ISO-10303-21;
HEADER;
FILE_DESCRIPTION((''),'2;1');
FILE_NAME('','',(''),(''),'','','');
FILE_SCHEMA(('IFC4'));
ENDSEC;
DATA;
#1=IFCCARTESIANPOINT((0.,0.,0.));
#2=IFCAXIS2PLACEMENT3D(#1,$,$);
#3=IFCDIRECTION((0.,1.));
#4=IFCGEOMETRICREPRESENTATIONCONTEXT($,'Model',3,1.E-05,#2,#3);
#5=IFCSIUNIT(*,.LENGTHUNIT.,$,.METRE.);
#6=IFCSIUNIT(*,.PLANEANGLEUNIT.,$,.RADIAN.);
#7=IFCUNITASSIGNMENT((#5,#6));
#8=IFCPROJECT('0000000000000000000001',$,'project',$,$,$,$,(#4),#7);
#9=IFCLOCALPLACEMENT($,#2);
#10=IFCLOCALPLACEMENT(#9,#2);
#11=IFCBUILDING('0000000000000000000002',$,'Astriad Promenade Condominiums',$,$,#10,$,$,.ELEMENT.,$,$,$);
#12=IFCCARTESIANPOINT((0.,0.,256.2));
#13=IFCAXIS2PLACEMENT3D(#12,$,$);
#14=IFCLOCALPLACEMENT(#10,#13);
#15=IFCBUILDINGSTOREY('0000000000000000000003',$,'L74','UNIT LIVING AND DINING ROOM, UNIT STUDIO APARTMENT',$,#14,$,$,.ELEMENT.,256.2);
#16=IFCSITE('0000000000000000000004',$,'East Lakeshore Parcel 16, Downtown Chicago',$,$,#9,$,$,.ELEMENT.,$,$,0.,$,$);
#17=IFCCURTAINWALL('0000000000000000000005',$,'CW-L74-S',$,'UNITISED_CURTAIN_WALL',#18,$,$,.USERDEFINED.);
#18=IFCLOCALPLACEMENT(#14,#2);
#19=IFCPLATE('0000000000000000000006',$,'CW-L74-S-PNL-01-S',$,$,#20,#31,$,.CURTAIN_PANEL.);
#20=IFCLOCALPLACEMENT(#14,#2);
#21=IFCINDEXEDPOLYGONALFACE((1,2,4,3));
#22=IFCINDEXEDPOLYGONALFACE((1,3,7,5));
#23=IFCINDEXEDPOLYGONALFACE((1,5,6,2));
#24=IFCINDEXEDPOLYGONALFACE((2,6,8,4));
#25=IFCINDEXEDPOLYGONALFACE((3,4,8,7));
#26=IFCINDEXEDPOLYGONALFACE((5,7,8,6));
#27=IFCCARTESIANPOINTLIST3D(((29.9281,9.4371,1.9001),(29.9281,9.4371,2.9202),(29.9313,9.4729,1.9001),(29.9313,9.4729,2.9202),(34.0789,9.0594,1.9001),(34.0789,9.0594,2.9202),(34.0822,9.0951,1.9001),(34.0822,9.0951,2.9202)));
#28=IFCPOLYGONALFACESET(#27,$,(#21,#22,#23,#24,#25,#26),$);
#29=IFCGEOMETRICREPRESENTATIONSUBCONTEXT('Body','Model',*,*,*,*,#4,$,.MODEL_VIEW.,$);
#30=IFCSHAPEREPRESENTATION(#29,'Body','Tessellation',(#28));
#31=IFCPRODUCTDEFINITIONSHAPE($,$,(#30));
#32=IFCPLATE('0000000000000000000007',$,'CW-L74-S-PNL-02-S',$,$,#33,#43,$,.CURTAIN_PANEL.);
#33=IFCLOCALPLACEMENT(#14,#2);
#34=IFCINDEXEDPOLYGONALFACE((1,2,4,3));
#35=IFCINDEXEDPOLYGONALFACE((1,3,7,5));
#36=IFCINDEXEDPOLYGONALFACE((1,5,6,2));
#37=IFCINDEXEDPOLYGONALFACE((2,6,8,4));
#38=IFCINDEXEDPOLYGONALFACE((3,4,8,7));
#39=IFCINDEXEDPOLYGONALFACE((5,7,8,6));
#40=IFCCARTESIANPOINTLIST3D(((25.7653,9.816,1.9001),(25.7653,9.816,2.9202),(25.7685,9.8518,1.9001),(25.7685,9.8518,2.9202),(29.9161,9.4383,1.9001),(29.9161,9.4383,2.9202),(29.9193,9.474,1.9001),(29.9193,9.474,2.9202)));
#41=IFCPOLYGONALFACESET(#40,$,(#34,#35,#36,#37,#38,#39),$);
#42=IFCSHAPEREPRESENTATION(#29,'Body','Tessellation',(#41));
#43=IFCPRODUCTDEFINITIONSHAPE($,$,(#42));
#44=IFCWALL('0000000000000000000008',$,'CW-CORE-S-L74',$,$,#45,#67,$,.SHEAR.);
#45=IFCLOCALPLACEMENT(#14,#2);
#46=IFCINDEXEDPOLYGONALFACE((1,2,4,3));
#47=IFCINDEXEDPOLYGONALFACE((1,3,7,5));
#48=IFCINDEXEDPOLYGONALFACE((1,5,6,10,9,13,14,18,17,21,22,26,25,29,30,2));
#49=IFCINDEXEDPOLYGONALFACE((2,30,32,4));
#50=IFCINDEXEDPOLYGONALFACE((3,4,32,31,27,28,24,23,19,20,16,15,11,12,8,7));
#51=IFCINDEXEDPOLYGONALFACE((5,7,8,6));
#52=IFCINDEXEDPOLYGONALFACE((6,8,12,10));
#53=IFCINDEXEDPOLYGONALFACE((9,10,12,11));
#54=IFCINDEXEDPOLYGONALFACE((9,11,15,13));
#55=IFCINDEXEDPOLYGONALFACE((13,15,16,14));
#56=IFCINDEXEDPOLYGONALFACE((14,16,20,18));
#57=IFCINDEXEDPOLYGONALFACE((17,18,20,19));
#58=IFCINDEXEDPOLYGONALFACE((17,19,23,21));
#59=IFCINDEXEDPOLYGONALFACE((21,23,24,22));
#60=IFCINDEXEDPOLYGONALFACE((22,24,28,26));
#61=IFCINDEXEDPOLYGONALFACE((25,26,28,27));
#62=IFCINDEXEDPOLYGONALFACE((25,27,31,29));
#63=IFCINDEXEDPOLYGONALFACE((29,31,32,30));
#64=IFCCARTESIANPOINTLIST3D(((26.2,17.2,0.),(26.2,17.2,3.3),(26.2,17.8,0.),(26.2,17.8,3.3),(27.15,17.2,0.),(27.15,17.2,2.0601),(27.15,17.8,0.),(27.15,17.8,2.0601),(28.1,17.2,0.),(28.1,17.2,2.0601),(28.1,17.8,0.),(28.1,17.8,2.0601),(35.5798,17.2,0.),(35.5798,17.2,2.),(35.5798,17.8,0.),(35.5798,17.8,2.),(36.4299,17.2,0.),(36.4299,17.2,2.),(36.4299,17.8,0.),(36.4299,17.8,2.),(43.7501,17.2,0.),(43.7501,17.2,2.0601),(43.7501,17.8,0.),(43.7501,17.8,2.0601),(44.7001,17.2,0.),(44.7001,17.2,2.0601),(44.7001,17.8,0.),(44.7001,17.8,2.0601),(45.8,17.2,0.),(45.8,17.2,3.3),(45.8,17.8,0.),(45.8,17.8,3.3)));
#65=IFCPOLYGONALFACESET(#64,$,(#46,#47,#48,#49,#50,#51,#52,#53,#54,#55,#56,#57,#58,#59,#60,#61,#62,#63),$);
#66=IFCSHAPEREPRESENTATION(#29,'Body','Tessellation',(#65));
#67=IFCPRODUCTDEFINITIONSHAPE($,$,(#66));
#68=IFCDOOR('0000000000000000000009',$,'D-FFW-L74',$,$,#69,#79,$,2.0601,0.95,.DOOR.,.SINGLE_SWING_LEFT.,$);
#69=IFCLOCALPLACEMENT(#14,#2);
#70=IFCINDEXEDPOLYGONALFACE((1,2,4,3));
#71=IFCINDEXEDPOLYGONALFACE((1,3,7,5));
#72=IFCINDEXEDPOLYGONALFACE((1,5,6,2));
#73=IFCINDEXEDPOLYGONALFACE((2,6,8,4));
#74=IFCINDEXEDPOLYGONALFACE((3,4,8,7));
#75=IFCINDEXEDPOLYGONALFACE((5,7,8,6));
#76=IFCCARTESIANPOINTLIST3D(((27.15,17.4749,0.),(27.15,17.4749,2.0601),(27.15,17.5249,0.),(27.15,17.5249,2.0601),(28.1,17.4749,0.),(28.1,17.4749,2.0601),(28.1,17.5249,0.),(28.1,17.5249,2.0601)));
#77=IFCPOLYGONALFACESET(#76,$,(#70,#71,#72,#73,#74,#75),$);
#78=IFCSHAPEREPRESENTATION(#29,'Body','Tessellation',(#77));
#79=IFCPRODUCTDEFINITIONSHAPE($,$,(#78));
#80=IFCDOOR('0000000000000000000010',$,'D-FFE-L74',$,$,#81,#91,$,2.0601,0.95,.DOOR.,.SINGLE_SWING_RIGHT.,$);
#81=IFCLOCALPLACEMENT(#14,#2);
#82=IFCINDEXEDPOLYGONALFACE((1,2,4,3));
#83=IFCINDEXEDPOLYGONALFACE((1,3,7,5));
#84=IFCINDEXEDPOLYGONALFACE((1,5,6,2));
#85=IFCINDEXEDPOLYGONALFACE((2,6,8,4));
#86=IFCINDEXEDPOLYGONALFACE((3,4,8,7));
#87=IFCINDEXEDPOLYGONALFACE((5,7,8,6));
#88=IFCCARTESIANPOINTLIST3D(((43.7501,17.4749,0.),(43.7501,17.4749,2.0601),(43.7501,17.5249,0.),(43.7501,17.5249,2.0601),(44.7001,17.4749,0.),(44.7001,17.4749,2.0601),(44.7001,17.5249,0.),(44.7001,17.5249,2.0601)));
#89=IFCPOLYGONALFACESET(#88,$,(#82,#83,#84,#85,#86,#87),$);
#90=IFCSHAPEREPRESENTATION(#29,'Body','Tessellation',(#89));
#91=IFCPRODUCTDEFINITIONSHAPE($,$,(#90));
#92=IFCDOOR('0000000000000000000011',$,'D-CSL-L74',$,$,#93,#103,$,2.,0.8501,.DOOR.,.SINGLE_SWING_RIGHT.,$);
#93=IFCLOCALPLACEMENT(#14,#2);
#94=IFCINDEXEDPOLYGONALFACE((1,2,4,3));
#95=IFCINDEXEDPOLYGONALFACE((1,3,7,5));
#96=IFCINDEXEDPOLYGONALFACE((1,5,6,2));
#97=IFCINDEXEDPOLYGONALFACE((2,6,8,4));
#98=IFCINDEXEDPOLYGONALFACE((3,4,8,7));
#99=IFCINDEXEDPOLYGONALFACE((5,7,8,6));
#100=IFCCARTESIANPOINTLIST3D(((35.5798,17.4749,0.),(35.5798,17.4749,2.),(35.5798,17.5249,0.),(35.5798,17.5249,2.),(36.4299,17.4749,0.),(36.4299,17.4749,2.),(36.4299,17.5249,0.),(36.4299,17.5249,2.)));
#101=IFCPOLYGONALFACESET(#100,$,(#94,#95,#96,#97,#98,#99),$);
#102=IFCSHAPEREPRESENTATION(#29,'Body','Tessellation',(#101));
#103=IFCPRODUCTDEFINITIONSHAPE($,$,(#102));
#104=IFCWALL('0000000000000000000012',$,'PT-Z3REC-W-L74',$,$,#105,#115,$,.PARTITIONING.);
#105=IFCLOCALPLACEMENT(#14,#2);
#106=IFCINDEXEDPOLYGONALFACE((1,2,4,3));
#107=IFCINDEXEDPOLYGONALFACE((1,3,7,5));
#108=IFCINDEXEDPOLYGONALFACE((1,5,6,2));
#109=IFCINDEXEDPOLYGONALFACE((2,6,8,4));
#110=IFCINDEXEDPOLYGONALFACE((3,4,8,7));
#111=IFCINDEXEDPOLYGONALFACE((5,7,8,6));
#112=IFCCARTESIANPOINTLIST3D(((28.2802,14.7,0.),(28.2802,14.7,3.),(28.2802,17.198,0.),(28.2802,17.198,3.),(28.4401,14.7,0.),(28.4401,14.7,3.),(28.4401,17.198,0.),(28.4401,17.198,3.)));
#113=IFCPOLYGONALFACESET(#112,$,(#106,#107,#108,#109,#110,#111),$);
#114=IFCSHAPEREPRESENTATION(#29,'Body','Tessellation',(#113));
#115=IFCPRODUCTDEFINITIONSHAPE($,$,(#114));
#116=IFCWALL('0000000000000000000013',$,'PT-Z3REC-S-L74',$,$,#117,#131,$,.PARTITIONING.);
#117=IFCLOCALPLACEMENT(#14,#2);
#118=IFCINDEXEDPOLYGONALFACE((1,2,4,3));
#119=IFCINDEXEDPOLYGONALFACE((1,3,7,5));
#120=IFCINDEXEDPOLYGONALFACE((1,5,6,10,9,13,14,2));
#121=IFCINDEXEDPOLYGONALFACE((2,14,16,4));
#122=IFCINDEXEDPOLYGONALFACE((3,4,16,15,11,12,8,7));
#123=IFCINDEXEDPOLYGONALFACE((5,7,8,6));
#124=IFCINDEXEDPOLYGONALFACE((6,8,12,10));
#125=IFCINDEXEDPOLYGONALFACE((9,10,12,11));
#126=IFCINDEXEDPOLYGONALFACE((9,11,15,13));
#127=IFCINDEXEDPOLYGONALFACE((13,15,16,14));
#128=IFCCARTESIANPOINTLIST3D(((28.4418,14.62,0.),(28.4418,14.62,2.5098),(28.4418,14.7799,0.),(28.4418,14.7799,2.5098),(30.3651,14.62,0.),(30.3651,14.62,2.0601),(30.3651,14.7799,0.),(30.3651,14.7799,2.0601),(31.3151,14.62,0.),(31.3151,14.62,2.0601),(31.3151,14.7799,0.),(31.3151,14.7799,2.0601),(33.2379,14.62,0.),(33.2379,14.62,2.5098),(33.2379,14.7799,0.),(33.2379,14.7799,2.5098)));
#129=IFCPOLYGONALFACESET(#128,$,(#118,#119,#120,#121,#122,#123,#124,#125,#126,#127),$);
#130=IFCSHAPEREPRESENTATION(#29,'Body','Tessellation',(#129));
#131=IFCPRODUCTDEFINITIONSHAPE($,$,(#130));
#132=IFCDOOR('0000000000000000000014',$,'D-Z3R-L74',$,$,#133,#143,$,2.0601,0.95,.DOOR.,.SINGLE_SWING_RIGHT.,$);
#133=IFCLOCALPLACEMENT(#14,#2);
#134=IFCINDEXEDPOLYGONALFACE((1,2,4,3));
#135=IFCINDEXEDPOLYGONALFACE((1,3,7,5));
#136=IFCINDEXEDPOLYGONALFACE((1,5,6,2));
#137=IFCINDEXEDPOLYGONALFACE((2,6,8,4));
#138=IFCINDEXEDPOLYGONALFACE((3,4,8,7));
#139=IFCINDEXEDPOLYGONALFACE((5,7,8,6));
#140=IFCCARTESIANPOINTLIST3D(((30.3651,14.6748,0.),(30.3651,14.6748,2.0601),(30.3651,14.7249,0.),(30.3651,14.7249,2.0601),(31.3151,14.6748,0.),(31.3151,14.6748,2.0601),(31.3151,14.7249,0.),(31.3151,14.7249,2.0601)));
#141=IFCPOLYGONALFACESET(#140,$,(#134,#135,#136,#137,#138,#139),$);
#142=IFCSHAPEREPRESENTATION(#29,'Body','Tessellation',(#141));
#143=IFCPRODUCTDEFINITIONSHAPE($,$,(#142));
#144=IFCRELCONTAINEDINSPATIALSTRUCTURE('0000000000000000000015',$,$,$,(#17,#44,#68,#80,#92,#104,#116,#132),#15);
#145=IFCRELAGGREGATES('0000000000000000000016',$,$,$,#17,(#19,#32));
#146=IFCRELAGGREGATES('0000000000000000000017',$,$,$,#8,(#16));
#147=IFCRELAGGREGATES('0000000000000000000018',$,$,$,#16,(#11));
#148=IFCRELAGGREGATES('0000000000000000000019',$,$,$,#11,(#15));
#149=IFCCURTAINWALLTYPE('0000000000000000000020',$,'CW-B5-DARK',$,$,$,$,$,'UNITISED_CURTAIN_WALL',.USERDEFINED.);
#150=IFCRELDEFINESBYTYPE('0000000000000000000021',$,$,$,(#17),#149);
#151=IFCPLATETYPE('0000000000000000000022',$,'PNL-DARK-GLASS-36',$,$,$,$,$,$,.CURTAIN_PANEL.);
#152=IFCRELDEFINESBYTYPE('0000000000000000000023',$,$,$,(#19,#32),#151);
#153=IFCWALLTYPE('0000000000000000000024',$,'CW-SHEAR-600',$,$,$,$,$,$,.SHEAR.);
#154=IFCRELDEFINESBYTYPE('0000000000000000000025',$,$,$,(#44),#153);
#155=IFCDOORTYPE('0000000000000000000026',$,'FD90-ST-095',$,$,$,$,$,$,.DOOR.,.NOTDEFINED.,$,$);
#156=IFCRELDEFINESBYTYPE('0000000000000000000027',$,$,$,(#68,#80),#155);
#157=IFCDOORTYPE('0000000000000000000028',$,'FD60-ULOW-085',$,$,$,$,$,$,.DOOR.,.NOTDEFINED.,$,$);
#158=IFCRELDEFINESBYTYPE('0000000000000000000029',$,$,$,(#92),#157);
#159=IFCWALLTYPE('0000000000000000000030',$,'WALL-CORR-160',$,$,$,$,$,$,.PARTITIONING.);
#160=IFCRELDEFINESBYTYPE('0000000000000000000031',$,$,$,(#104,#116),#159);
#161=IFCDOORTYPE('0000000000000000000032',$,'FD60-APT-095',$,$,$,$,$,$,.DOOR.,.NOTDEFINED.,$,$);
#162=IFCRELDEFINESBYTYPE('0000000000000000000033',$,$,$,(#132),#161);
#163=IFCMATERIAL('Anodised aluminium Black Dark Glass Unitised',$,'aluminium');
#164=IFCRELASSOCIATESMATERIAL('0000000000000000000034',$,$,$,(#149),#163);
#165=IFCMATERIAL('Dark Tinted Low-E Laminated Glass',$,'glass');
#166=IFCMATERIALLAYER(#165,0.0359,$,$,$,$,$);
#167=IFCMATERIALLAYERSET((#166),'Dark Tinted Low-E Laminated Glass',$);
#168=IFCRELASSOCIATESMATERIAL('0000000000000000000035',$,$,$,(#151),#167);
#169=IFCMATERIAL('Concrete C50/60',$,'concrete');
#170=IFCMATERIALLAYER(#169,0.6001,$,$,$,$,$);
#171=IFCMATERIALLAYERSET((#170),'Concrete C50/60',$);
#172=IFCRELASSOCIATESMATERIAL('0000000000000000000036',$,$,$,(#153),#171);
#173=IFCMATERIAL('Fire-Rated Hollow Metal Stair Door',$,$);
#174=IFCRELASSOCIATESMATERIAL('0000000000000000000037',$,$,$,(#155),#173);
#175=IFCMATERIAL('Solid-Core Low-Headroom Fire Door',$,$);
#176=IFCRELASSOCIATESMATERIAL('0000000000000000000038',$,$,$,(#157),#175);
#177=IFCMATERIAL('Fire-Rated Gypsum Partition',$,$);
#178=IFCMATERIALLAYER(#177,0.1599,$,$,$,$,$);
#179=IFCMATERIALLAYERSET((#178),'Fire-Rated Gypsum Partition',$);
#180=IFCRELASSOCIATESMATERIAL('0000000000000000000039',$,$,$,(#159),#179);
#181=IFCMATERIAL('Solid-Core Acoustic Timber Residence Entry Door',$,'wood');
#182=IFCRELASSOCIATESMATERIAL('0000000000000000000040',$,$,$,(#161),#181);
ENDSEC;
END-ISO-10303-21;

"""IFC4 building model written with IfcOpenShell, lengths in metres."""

from ifc_helpers import new_model, si_unit, direction, frame, frame_2d, origin, origin_2d, place, context, subcontext, project, spatial, rectangle, extrude, source, transform, mapped, material, layer, layer_set, type_object, type_shapes, element, fill, aggregate, save


model = new_model("IFC4")

# Units and contexts
model_context = context("Model", 3, precision=1e-05, world=origin(), true_north=direction((0.0, 1.0)))
body_context = subcontext(model_context, "Body", "Model", "MODEL_VIEW")
ifc_project = project(units=[si_unit("LENGTHUNIT", "METRE"), si_unit("PLANEANGLEUNIT", "RADIAN")], contexts=[model_context])

# Site, building, storey
site_placement = place(None, origin())
site = spatial("IfcSite", under=ifc_project, at=site_placement, Name="East Lakeshore Parcel 16, Downtown Chicago", CompositionType="ELEMENT", RefElevation=0.0)
building_placement = place(site_placement, origin())
building = spatial("IfcBuilding", under=site, at=building_placement, Name="Astriad Promenade Condominiums", CompositionType="ELEMENT")
storey_placement = place(building_placement, frame((0.0, 0.0, 256.2)))
storey = spatial("IfcBuildingStorey", under=building, at=storey_placement, Name="L74", Description="UNIT LIVING AND DINING ROOM, UNIT STUDIO APARTMENT", CompositionType="ELEMENT", Elevation=256.2)

# Curtain wall, plates
ifc_material_1 = material(Name="Anodised aluminium Black Dark Glass Unitised", Category="aluminium")
curtain_wall_type = type_object("IfcCurtainWallType", Name="CW-B5-DARK", ElementType="UNITISED_CURTAIN_WALL", PredefinedType="USERDEFINED", material=ifc_material_1)
curtain_wall_placement = place(storey_placement, origin())
curtain_wall = element("IfcCurtainWall", 1, at=curtain_wall_placement, inside=storey, type_object=curtain_wall_type, Name="CW-L74-S", ObjectType="UNITISED_CURTAIN_WALL", PredefinedType="USERDEFINED")
ifc_material_2 = material(Name="Dark Tinted Low-E Laminated Glass", Category="glass")
ifc_layer_1 = layer(ifc_material_2, 0.0359)
ifc_layer_set_1 = layer_set([ifc_layer_1], Name="Dark Tinted Low-E Laminated Glass")
plate_type = type_object("IfcPlateType", Name="PNL-DARK-GLASS-36", PredefinedType="CURTAIN_PANEL", material=ifc_layer_set_1)
shared_shape_1 = source(origin(), body_context, "Body", "SweptSolid", [
    extrude(rectangle(XDim=4.168, YDim=0.0359, at=origin_2d()), origin(), (0.0, 0.0, 1.0), 1.02),
])
plate_1_placement = place(storey_placement, frame((32.0051, 9.2661, 1.9001), z_axis=(0.0, 0.0, 1.0), x_axis=(-0.995884, 0.090633, 0.0)))
plate_1 = element("IfcPlate", 2, at=plate_1_placement, type_object=plate_type, Name="CW-L74-S-PNL-01-S", PredefinedType="CURTAIN_PANEL", context=body_context, shape_type="MappedRepresentation", body=[
    mapped(shared_shape_1, transform((0.0, 0.0, 0.0), scale=1.0)),
])
plate_2_placement = place(storey_placement, frame((27.8423, 9.645, 1.9001), z_axis=(0.0, 0.0, 1.0), x_axis=(-0.995884, 0.090633, 0.0)))
plate_2 = element("IfcPlate", 3, at=plate_2_placement, type_object=plate_type, Name="CW-L74-S-PNL-02-S", PredefinedType="CURTAIN_PANEL", context=body_context, shape_type="MappedRepresentation", body=[
    mapped(shared_shape_1, transform((0.0, 0.0, 0.0), scale=1.0)),
])
aggregate(curtain_wall, [plate_1, plate_2])

# Wall, openings, doors
ifc_material_3 = material(Name="Concrete C50/60", Category="concrete")
ifc_layer_2 = layer(ifc_material_3, 0.6001)
ifc_layer_set_2 = layer_set([ifc_layer_2], Name="Concrete C50/60")
wall_type_1 = type_object("IfcWallType", Name="CW-SHEAR-600", PredefinedType="SHEAR", material=ifc_layer_set_2)
wall_1_placement = place(storey_placement, frame((26.2, 17.5, 0.0), z_axis=(0.0, 0.0, 1.0), x_axis=(1.0, 0.0, 0.0)))
wall_1 = element("IfcWall", 4, at=wall_1_placement, inside=storey, type_object=wall_type_1, Name="CW-CORE-S-L74", PredefinedType="SHEAR", context=body_context, shape_type="SweptSolid", body=[
    extrude(rectangle(XDim=19.6001, YDim=0.6001, at=frame_2d((9.8, 0.0))), origin(), (0.0, 0.0, 1.0), 3.3),
])
opening_1_placement = place(wall_1_placement, frame((0.95, 0.0, 0.0)))
opening_1 = element("IfcOpeningElement", 5, at=opening_1_placement, cuts=wall_1, PredefinedType="OPENING", context=body_context, shape_type="SweptSolid", body=[
    extrude(rectangle(XDim=0.95, YDim=2.0601, at=frame_2d((0.4751, 1.03))), frame((0.0, 0.3101, 0.0), z_axis=(0.0, -1.0, 0.0), x_axis=(1.0, 0.0, 0.0)), (0.0, 0.0, 1.0), 0.6201),
])
opening_2_placement = place(wall_1_placement, frame((9.3799, 0.0, 0.0)))
opening_2 = element("IfcOpeningElement", 6, at=opening_2_placement, cuts=wall_1, PredefinedType="OPENING", context=body_context, shape_type="SweptSolid", body=[
    extrude(rectangle(XDim=0.8501, YDim=2.0, at=frame_2d((0.425, 1.0))), frame((0.0, 0.3101, 0.0), z_axis=(0.0, -1.0, 0.0), x_axis=(1.0, 0.0, 0.0)), (0.0, 0.0, 1.0), 0.6201),
])
opening_3_placement = place(wall_1_placement, frame((17.55, 0.0, 0.0)))
opening_3 = element("IfcOpeningElement", 7, at=opening_3_placement, cuts=wall_1, PredefinedType="OPENING", context=body_context, shape_type="SweptSolid", body=[
    extrude(rectangle(XDim=0.95, YDim=2.0601, at=frame_2d((0.4751, 1.03))), frame((0.0, 0.3101, 0.0), z_axis=(0.0, -1.0, 0.0), x_axis=(1.0, 0.0, 0.0)), (0.0, 0.0, 1.0), 0.6201),
])
ifc_material_4 = material(Name="Fire-Rated Hollow Metal Stair Door")
door_type_1 = type_object("IfcDoorType", Name="FD90-ST-095", OperationType="NOTDEFINED", PredefinedType="DOOR", material=ifc_material_4)
shared_shape_2 = source(origin(), body_context, "Body", "SweptSolid", [
    extrude(rectangle(XDim=0.95, YDim=2.0601, at=frame_2d((0.4751, 1.03))), frame((0.0, 0.0249, 0.0), z_axis=(0.0, -1.0, 0.0), x_axis=(1.0, 0.0, 0.0)), (0.0, 0.0, 1.0), 0.05),
])
type_shapes(door_type_1, [shared_shape_2])
door_1_placement = place(opening_1_placement, origin())
door_1 = element("IfcDoor", 8, at=door_1_placement, inside=storey, type_object=door_type_1, Name="D-FFW-L74", OperationType="SINGLE_SWING_LEFT", OverallHeight=2.0601, OverallWidth=0.95, PredefinedType="DOOR", context=body_context, shape_type="MappedRepresentation", body=[
    mapped(shared_shape_2, transform((0.0, 0.0, 0.0), scale=1.0)),
])
fill(opening_1, door_1)
door_2_placement = place(opening_3_placement, origin())
door_2 = element("IfcDoor", 9, at=door_2_placement, inside=storey, type_object=door_type_1, Name="D-FFE-L74", OperationType="SINGLE_SWING_RIGHT", OverallHeight=2.0601, OverallWidth=0.95, PredefinedType="DOOR", context=body_context, shape_type="MappedRepresentation", body=[
    mapped(shared_shape_2, transform((0.0, 0.0, 0.0), scale=1.0)),
])
fill(opening_3, door_2)
ifc_material_5 = material(Name="Solid-Core Low-Headroom Fire Door")
door_type_2 = type_object("IfcDoorType", Name="FD60-ULOW-085", OperationType="NOTDEFINED", PredefinedType="DOOR", material=ifc_material_5)
shared_shape_3 = source(origin(), body_context, "Body", "SweptSolid", [
    extrude(rectangle(XDim=0.8501, YDim=2.0, at=frame_2d((0.425, 1.0))), frame((0.0, 0.0249, 0.0), z_axis=(0.0, -1.0, 0.0), x_axis=(1.0, 0.0, 0.0)), (0.0, 0.0, 1.0), 0.05),
])
type_shapes(door_type_2, [shared_shape_3])
door_3_placement = place(opening_2_placement, origin())
door_3 = element("IfcDoor", 10, at=door_3_placement, inside=storey, type_object=door_type_2, Name="D-CSL-L74", OperationType="SINGLE_SWING_RIGHT", OverallHeight=2.0, OverallWidth=0.8501, PredefinedType="DOOR", context=body_context, shape_type="MappedRepresentation", body=[
    mapped(shared_shape_3, transform((0.0, 0.0, 0.0), scale=1.0)),
])
fill(opening_2, door_3)

# Wall
ifc_material_6 = material(Name="Fire-Rated Gypsum Partition")
ifc_layer_3 = layer(ifc_material_6, 0.1599)
ifc_layer_set_3 = layer_set([ifc_layer_3], Name="Fire-Rated Gypsum Partition")
wall_type_2 = type_object("IfcWallType", Name="WALL-CORR-160", PredefinedType="PARTITIONING", material=ifc_layer_set_3)
wall_2_placement = place(storey_placement, frame((28.3601, 14.7, 0.0), z_axis=(0.0, 0.0, 1.0), x_axis=(0.0, 1.0, 0.0)))
element("IfcWall", 11, at=wall_2_placement, inside=storey, type_object=wall_type_2, Name="PT-Z3REC-W-L74", PredefinedType="PARTITIONING", context=body_context, shape_type="SweptSolid", body=[
    extrude(rectangle(XDim=2.498, YDim=0.1599, at=frame_2d((1.249, 0.0))), origin(), (0.0, 0.0, 1.0), 3.0),
])

# Wall, opening, door
wall_3_placement = place(storey_placement, frame((28.4419, 14.7, 0.0), z_axis=(0.0, 0.0, 1.0), x_axis=(1.0, 0.0, 0.0)))
wall_3 = element("IfcWall", 12, at=wall_3_placement, inside=storey, type_object=wall_type_2, Name="PT-Z3REC-S-L74", PredefinedType="PARTITIONING", context=body_context, shape_type="SweptSolid", body=[
    extrude(rectangle(XDim=4.7961, YDim=0.1599, at=frame_2d((2.3979, 0.0))), origin(), (0.0, 0.0, 1.0), 2.5098),
])
opening_4_placement = place(wall_3_placement, frame((1.9231, 0.0, 0.0)))
opening_4 = element("IfcOpeningElement", 13, at=opening_4_placement, cuts=wall_3, PredefinedType="OPENING", context=body_context, shape_type="SweptSolid", body=[
    extrude(rectangle(XDim=0.95, YDim=2.0601, at=frame_2d((0.4751, 1.03))), frame((0.0, 0.0898, 0.0), z_axis=(0.0, -1.0, 0.0), x_axis=(1.0, 0.0, 0.0)), (0.0, 0.0, 1.0), 0.1799),
])
ifc_material_7 = material(Name="Solid-Core Acoustic Timber Residence Entry Door", Category="wood")
door_type_3 = type_object("IfcDoorType", Name="FD60-APT-095", OperationType="NOTDEFINED", PredefinedType="DOOR", material=ifc_material_7)
shared_shape_4 = source(origin(), body_context, "Body", "SweptSolid", [
    extrude(rectangle(XDim=0.95, YDim=2.0601, at=frame_2d((0.4751, 1.03))), frame((0.0, 0.0249, 0.0), z_axis=(0.0, -1.0, 0.0), x_axis=(1.0, 0.0, 0.0)), (0.0, 0.0, 1.0), 0.05),
])
type_shapes(door_type_3, [shared_shape_4])
door_4_placement = place(opening_4_placement, origin())
door_4 = element("IfcDoor", 14, at=door_4_placement, inside=storey, type_object=door_type_3, Name="D-Z3R-L74", OperationType="SINGLE_SWING_RIGHT", OverallHeight=2.0601, OverallWidth=0.95, PredefinedType="DOOR", context=body_context, shape_type="MappedRepresentation", body=[
    mapped(shared_shape_4, transform((0.0, 0.0, 0.0), scale=1.0)),
])
fill(opening_4, door_4)

save(model, "model.ifc")
